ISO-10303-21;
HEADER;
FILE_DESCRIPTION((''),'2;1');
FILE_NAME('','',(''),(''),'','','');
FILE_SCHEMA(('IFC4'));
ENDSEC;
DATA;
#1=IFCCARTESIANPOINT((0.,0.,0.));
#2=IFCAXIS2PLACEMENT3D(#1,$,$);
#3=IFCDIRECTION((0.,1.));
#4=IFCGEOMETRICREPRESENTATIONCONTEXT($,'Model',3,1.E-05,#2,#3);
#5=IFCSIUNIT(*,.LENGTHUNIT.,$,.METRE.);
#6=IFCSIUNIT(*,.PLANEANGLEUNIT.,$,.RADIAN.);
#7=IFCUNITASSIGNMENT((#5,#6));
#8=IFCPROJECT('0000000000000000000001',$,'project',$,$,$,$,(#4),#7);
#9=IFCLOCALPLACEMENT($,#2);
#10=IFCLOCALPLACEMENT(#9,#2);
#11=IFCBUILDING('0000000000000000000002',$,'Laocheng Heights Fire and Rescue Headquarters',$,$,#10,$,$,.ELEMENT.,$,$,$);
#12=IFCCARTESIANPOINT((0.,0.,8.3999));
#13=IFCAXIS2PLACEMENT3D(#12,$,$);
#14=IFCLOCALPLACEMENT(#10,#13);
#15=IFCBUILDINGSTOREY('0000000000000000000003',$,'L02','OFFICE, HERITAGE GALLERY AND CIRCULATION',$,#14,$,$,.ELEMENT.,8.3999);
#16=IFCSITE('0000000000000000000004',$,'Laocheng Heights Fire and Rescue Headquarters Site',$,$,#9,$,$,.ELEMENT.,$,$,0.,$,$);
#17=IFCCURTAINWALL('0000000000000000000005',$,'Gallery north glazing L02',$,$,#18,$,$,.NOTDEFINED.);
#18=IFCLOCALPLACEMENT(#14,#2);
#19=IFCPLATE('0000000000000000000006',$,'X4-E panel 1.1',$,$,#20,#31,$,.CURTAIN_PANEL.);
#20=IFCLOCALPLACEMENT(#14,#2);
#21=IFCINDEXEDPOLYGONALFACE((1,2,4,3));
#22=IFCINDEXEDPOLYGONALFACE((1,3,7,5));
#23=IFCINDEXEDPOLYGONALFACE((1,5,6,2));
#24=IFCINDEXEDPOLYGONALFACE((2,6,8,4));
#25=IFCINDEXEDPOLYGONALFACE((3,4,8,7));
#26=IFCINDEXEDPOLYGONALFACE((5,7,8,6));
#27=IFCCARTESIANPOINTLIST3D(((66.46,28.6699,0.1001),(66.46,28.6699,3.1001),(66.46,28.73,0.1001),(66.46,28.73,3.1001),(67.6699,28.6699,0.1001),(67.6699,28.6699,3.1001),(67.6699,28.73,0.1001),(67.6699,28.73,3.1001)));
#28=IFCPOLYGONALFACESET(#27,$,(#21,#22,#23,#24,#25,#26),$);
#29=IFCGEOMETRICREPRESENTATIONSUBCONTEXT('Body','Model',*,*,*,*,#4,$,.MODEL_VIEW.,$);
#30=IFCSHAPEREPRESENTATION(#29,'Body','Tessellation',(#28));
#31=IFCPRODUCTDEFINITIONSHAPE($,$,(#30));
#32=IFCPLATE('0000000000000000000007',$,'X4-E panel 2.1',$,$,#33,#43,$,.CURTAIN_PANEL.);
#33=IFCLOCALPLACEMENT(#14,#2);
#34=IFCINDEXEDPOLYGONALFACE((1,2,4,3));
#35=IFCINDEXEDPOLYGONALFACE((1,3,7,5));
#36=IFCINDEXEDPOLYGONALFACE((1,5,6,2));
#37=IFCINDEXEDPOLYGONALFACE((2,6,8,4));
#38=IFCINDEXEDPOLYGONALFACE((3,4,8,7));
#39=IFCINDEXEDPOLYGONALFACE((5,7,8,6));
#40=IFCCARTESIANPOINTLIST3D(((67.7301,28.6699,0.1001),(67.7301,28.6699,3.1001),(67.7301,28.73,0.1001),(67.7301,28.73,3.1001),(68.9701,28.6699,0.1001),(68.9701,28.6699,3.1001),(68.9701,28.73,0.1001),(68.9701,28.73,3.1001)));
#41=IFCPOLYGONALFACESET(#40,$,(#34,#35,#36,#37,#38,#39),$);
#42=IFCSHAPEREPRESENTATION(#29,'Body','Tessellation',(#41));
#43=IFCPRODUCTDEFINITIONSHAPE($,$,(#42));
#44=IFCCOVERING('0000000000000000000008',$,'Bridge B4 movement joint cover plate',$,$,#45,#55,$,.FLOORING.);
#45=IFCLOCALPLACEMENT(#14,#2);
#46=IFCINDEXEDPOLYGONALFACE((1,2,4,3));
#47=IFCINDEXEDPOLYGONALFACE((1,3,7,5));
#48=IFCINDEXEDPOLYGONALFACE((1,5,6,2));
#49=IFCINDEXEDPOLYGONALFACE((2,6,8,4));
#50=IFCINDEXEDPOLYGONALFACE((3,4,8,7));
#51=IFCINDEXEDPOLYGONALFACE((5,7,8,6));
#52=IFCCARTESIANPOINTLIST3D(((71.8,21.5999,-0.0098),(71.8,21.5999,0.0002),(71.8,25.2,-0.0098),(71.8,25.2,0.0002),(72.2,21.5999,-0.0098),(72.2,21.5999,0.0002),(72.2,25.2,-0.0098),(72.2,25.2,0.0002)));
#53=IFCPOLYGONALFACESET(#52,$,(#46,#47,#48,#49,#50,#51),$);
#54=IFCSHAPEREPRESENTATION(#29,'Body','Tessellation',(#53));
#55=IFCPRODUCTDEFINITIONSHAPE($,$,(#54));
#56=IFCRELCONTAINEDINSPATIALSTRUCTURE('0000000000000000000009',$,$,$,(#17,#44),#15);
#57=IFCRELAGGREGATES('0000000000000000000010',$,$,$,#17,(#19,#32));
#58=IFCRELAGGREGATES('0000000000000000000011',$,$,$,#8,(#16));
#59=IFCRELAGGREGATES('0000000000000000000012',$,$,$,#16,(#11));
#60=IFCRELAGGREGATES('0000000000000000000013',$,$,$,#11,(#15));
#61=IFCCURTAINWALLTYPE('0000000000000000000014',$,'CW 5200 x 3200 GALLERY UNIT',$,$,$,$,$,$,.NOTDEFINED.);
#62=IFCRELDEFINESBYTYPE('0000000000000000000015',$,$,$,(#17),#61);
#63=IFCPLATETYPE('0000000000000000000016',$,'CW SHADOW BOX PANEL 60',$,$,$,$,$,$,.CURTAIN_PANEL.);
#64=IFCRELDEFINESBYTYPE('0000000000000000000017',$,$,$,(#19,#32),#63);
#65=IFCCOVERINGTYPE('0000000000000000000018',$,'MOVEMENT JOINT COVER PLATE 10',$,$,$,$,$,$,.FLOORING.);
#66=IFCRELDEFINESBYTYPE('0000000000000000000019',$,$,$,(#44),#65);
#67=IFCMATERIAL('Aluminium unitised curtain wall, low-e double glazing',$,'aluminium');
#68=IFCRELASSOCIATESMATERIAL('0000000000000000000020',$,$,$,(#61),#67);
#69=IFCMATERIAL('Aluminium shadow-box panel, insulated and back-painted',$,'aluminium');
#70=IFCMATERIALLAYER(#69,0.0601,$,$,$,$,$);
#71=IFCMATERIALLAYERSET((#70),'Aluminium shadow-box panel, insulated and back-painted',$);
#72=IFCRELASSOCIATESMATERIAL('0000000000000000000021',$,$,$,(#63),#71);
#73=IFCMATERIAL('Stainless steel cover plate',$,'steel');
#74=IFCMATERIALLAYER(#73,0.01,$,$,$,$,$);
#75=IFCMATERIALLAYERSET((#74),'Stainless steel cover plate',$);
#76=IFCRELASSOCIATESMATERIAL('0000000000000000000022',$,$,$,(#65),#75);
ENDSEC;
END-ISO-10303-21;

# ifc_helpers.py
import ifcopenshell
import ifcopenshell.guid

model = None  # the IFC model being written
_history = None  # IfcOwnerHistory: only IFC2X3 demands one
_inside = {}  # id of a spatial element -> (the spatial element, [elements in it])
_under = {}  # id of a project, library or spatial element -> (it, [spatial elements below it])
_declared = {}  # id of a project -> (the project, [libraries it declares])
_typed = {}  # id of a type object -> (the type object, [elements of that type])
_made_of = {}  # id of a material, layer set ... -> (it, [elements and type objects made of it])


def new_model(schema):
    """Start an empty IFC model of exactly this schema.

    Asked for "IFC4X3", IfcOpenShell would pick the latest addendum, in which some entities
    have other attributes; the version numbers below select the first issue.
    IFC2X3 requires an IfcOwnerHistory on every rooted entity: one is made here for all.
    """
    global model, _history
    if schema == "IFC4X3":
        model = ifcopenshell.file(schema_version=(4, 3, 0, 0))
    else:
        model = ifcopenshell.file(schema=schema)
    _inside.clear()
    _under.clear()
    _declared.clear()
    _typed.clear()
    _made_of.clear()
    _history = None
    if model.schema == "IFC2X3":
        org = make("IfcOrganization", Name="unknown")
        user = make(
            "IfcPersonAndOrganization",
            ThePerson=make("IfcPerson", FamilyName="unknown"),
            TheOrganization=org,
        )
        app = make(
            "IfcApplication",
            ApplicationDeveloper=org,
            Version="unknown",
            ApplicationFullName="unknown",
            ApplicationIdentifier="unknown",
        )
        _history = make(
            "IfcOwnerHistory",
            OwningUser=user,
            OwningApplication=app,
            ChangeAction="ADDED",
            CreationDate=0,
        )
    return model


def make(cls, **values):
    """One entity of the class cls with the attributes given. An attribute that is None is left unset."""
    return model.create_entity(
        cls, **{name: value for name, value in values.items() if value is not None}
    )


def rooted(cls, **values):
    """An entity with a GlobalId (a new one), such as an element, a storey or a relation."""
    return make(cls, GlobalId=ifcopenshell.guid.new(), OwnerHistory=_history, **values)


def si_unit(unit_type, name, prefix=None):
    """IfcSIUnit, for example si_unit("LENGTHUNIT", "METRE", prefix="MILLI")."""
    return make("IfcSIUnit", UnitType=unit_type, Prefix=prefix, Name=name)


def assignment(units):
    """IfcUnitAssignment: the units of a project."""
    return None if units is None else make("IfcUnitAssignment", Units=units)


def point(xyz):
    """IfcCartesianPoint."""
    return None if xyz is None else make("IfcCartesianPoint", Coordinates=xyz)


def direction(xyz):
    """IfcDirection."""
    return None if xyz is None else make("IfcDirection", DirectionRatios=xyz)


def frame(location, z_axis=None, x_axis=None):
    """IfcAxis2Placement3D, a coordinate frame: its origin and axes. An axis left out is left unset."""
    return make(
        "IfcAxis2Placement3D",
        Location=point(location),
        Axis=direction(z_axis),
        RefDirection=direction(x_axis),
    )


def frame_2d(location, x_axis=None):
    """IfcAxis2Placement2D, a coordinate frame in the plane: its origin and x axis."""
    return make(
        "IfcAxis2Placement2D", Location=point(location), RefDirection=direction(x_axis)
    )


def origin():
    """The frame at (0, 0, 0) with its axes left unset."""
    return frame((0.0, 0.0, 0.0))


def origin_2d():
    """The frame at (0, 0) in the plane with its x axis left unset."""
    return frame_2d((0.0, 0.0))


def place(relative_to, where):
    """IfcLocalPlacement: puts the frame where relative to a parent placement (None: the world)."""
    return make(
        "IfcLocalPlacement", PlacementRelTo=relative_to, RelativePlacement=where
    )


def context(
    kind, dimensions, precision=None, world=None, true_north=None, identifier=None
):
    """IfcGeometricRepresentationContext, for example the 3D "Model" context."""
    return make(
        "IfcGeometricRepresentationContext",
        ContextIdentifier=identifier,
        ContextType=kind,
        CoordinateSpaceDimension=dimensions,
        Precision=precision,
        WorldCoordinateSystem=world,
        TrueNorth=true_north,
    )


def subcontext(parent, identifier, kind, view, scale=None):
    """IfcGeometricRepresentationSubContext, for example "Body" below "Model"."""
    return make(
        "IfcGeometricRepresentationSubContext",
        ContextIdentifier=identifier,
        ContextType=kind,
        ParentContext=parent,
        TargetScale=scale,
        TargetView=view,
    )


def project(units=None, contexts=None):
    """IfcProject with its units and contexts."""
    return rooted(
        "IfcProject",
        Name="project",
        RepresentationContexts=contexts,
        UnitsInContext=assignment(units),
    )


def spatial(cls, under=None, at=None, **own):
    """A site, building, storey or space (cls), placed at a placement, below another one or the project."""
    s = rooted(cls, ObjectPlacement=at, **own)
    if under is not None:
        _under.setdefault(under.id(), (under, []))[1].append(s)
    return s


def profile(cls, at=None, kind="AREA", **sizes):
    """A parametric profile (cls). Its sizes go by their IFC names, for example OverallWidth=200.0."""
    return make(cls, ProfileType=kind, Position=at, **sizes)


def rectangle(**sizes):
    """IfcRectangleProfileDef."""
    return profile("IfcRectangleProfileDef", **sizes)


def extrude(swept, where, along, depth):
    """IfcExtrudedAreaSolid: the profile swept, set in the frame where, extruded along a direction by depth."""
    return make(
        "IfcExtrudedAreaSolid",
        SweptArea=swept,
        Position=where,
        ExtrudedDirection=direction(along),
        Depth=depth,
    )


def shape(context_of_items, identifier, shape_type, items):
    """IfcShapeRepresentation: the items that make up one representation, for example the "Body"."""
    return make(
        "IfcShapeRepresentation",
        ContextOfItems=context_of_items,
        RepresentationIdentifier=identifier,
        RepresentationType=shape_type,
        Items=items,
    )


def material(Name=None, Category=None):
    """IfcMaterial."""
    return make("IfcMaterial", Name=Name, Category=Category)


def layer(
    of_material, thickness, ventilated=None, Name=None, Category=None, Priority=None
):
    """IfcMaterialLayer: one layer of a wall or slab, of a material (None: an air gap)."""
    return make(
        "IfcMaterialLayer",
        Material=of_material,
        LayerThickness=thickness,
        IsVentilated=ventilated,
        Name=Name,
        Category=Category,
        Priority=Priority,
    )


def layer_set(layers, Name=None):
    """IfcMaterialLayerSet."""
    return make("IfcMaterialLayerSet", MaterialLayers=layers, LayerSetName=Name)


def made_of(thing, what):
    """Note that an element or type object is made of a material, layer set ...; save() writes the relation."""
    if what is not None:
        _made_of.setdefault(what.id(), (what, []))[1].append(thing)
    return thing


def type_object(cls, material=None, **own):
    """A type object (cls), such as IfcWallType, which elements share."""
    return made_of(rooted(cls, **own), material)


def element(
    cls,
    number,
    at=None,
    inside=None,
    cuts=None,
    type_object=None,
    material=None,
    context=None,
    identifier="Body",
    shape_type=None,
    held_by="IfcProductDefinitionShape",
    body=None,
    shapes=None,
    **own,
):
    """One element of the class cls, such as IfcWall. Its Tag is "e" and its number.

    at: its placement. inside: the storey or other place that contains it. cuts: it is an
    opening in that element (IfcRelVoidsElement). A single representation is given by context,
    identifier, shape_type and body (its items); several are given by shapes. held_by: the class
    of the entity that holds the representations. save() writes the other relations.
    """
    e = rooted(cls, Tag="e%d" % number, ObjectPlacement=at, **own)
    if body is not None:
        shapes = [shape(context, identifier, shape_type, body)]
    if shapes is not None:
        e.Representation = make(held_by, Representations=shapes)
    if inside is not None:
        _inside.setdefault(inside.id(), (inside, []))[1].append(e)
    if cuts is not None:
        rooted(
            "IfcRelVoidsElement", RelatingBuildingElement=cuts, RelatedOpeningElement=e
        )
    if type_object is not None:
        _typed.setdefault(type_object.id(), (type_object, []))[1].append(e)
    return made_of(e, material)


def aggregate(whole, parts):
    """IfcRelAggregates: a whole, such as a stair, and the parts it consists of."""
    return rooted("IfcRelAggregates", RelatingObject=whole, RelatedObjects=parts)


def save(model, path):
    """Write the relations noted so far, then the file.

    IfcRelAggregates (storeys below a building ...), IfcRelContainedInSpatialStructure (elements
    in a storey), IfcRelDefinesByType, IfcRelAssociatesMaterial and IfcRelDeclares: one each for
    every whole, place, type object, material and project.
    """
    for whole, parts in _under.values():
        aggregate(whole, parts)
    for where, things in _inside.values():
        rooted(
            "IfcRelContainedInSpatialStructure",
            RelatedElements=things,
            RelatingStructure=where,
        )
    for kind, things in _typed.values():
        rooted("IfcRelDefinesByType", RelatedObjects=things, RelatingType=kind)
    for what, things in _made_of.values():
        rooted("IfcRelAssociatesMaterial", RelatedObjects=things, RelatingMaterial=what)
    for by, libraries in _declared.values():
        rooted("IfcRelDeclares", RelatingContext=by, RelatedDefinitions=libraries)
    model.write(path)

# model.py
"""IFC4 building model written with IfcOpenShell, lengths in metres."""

from ifc_helpers import new_model, si_unit, direction, frame, origin, origin_2d, place, context, subcontext, project, spatial, rectangle, extrude, material, layer, layer_set, type_object, element, aggregate, save


model = new_model("IFC4")

# Units and contexts
model_context = context("Model", 3, precision=1e-05, world=origin(), true_north=direction((0.0, 1.0)))
body_context = subcontext(model_context, "Body", "Model", "MODEL_VIEW")
ifc_project = project(units=[si_unit("LENGTHUNIT", "METRE"), si_unit("PLANEANGLEUNIT", "RADIAN")], contexts=[model_context])

# Site, building, storey
site_placement = place(None, origin())
site = spatial("IfcSite", under=ifc_project, at=site_placement, Name="Laocheng Heights Fire and Rescue Headquarters Site", CompositionType="ELEMENT", RefElevation=0.0)
building_placement = place(site_placement, origin())
building = spatial("IfcBuilding", under=site, at=building_placement, Name="Laocheng Heights Fire and Rescue Headquarters", CompositionType="ELEMENT")
storey_placement = place(building_placement, frame((0.0, 0.0, 8.3999)))
storey = spatial("IfcBuildingStorey", under=building, at=storey_placement, Name="L02", Description="OFFICE, HERITAGE GALLERY AND CIRCULATION", CompositionType="ELEMENT", Elevation=8.3999)

# Curtain wall
ifc_material_1 = material(Name="Aluminium unitised curtain wall, low-e double glazing", Category="aluminium")
curtain_wall_type = type_object("IfcCurtainWallType", Name="CW 5200 x 3200 GALLERY UNIT", PredefinedType="NOTDEFINED", material=ifc_material_1)
curtain_wall_1_placement = place(storey_placement, origin())
curtain_wall_1 = element("IfcCurtainWall", 1, at=curtain_wall_1_placement, inside=storey, type_object=curtain_wall_type, Name="Gallery north glazing L02", PredefinedType="NOTDEFINED")

# Plates
ifc_material_2 = material(Name="Aluminium shadow-box panel, insulated and back-painted", Category="aluminium")
ifc_layer_1 = layer(ifc_material_2, 0.0601)
ifc_layer_set_1 = layer_set([ifc_layer_1], Name="Aluminium shadow-box panel, insulated and back-painted")
plate_type = type_object("IfcPlateType", Name="CW SHADOW BOX PANEL 60", PredefinedType="CURTAIN_PANEL", material=ifc_layer_set_1)
plate_1_placement = place(storey_placement, frame((67.0649, 28.7, 0.1001), z_axis=(0.0, 0.0, 1.0), x_axis=(1.0, 0.0, 0.0)))
plate_1 = element("IfcPlate", 2, at=plate_1_placement, type_object=plate_type, Name="X4-E panel 1.1", PredefinedType="CURTAIN_PANEL", context=body_context, shape_type="SweptSolid", body=[
    extrude(rectangle(XDim=1.21, YDim=0.0601, at=origin_2d()), origin(), (0.0, 0.0, 1.0), 3.0),
])
plate_2_placement = place(storey_placement, frame((68.3501, 28.7, 0.1001), z_axis=(0.0, 0.0, 1.0), x_axis=(1.0, 0.0, 0.0)))
plate_2 = element("IfcPlate", 3, at=plate_2_placement, type_object=plate_type, Name="X4-E panel 2.1", PredefinedType="CURTAIN_PANEL", context=body_context, shape_type="SweptSolid", body=[
    extrude(rectangle(XDim=1.24, YDim=0.0601, at=origin_2d()), origin(), (0.0, 0.0, 1.0), 3.0),
])
aggregate(curtain_wall_1, [plate_1, plate_2])

# Covering
ifc_material_3 = material(Name="Stainless steel cover plate", Category="steel")
ifc_layer_2 = layer(ifc_material_3, 0.01)
ifc_layer_set_2 = layer_set([ifc_layer_2], Name="Stainless steel cover plate")
covering_type = type_object("IfcCoveringType", Name="MOVEMENT JOINT COVER PLATE 10", PredefinedType="FLOORING", material=ifc_layer_set_2)
covering_placement = place(storey_placement, frame((72.0, 23.3999, -0.0098), z_axis=(0.0, 0.0, 1.0), x_axis=(1.0, 0.0, 0.0)))
element("IfcCovering", 4, at=covering_placement, inside=storey, type_object=covering_type, Name="Bridge B4 movement joint cover plate", PredefinedType="FLOORING", context=body_context, shape_type="SweptSolid", body=[
    extrude(rectangle(XDim=0.3999, YDim=3.6001, at=origin_2d()), origin(), (0.0, 0.0, 1.0), 0.01),
])

save(model, "model.ifc")
